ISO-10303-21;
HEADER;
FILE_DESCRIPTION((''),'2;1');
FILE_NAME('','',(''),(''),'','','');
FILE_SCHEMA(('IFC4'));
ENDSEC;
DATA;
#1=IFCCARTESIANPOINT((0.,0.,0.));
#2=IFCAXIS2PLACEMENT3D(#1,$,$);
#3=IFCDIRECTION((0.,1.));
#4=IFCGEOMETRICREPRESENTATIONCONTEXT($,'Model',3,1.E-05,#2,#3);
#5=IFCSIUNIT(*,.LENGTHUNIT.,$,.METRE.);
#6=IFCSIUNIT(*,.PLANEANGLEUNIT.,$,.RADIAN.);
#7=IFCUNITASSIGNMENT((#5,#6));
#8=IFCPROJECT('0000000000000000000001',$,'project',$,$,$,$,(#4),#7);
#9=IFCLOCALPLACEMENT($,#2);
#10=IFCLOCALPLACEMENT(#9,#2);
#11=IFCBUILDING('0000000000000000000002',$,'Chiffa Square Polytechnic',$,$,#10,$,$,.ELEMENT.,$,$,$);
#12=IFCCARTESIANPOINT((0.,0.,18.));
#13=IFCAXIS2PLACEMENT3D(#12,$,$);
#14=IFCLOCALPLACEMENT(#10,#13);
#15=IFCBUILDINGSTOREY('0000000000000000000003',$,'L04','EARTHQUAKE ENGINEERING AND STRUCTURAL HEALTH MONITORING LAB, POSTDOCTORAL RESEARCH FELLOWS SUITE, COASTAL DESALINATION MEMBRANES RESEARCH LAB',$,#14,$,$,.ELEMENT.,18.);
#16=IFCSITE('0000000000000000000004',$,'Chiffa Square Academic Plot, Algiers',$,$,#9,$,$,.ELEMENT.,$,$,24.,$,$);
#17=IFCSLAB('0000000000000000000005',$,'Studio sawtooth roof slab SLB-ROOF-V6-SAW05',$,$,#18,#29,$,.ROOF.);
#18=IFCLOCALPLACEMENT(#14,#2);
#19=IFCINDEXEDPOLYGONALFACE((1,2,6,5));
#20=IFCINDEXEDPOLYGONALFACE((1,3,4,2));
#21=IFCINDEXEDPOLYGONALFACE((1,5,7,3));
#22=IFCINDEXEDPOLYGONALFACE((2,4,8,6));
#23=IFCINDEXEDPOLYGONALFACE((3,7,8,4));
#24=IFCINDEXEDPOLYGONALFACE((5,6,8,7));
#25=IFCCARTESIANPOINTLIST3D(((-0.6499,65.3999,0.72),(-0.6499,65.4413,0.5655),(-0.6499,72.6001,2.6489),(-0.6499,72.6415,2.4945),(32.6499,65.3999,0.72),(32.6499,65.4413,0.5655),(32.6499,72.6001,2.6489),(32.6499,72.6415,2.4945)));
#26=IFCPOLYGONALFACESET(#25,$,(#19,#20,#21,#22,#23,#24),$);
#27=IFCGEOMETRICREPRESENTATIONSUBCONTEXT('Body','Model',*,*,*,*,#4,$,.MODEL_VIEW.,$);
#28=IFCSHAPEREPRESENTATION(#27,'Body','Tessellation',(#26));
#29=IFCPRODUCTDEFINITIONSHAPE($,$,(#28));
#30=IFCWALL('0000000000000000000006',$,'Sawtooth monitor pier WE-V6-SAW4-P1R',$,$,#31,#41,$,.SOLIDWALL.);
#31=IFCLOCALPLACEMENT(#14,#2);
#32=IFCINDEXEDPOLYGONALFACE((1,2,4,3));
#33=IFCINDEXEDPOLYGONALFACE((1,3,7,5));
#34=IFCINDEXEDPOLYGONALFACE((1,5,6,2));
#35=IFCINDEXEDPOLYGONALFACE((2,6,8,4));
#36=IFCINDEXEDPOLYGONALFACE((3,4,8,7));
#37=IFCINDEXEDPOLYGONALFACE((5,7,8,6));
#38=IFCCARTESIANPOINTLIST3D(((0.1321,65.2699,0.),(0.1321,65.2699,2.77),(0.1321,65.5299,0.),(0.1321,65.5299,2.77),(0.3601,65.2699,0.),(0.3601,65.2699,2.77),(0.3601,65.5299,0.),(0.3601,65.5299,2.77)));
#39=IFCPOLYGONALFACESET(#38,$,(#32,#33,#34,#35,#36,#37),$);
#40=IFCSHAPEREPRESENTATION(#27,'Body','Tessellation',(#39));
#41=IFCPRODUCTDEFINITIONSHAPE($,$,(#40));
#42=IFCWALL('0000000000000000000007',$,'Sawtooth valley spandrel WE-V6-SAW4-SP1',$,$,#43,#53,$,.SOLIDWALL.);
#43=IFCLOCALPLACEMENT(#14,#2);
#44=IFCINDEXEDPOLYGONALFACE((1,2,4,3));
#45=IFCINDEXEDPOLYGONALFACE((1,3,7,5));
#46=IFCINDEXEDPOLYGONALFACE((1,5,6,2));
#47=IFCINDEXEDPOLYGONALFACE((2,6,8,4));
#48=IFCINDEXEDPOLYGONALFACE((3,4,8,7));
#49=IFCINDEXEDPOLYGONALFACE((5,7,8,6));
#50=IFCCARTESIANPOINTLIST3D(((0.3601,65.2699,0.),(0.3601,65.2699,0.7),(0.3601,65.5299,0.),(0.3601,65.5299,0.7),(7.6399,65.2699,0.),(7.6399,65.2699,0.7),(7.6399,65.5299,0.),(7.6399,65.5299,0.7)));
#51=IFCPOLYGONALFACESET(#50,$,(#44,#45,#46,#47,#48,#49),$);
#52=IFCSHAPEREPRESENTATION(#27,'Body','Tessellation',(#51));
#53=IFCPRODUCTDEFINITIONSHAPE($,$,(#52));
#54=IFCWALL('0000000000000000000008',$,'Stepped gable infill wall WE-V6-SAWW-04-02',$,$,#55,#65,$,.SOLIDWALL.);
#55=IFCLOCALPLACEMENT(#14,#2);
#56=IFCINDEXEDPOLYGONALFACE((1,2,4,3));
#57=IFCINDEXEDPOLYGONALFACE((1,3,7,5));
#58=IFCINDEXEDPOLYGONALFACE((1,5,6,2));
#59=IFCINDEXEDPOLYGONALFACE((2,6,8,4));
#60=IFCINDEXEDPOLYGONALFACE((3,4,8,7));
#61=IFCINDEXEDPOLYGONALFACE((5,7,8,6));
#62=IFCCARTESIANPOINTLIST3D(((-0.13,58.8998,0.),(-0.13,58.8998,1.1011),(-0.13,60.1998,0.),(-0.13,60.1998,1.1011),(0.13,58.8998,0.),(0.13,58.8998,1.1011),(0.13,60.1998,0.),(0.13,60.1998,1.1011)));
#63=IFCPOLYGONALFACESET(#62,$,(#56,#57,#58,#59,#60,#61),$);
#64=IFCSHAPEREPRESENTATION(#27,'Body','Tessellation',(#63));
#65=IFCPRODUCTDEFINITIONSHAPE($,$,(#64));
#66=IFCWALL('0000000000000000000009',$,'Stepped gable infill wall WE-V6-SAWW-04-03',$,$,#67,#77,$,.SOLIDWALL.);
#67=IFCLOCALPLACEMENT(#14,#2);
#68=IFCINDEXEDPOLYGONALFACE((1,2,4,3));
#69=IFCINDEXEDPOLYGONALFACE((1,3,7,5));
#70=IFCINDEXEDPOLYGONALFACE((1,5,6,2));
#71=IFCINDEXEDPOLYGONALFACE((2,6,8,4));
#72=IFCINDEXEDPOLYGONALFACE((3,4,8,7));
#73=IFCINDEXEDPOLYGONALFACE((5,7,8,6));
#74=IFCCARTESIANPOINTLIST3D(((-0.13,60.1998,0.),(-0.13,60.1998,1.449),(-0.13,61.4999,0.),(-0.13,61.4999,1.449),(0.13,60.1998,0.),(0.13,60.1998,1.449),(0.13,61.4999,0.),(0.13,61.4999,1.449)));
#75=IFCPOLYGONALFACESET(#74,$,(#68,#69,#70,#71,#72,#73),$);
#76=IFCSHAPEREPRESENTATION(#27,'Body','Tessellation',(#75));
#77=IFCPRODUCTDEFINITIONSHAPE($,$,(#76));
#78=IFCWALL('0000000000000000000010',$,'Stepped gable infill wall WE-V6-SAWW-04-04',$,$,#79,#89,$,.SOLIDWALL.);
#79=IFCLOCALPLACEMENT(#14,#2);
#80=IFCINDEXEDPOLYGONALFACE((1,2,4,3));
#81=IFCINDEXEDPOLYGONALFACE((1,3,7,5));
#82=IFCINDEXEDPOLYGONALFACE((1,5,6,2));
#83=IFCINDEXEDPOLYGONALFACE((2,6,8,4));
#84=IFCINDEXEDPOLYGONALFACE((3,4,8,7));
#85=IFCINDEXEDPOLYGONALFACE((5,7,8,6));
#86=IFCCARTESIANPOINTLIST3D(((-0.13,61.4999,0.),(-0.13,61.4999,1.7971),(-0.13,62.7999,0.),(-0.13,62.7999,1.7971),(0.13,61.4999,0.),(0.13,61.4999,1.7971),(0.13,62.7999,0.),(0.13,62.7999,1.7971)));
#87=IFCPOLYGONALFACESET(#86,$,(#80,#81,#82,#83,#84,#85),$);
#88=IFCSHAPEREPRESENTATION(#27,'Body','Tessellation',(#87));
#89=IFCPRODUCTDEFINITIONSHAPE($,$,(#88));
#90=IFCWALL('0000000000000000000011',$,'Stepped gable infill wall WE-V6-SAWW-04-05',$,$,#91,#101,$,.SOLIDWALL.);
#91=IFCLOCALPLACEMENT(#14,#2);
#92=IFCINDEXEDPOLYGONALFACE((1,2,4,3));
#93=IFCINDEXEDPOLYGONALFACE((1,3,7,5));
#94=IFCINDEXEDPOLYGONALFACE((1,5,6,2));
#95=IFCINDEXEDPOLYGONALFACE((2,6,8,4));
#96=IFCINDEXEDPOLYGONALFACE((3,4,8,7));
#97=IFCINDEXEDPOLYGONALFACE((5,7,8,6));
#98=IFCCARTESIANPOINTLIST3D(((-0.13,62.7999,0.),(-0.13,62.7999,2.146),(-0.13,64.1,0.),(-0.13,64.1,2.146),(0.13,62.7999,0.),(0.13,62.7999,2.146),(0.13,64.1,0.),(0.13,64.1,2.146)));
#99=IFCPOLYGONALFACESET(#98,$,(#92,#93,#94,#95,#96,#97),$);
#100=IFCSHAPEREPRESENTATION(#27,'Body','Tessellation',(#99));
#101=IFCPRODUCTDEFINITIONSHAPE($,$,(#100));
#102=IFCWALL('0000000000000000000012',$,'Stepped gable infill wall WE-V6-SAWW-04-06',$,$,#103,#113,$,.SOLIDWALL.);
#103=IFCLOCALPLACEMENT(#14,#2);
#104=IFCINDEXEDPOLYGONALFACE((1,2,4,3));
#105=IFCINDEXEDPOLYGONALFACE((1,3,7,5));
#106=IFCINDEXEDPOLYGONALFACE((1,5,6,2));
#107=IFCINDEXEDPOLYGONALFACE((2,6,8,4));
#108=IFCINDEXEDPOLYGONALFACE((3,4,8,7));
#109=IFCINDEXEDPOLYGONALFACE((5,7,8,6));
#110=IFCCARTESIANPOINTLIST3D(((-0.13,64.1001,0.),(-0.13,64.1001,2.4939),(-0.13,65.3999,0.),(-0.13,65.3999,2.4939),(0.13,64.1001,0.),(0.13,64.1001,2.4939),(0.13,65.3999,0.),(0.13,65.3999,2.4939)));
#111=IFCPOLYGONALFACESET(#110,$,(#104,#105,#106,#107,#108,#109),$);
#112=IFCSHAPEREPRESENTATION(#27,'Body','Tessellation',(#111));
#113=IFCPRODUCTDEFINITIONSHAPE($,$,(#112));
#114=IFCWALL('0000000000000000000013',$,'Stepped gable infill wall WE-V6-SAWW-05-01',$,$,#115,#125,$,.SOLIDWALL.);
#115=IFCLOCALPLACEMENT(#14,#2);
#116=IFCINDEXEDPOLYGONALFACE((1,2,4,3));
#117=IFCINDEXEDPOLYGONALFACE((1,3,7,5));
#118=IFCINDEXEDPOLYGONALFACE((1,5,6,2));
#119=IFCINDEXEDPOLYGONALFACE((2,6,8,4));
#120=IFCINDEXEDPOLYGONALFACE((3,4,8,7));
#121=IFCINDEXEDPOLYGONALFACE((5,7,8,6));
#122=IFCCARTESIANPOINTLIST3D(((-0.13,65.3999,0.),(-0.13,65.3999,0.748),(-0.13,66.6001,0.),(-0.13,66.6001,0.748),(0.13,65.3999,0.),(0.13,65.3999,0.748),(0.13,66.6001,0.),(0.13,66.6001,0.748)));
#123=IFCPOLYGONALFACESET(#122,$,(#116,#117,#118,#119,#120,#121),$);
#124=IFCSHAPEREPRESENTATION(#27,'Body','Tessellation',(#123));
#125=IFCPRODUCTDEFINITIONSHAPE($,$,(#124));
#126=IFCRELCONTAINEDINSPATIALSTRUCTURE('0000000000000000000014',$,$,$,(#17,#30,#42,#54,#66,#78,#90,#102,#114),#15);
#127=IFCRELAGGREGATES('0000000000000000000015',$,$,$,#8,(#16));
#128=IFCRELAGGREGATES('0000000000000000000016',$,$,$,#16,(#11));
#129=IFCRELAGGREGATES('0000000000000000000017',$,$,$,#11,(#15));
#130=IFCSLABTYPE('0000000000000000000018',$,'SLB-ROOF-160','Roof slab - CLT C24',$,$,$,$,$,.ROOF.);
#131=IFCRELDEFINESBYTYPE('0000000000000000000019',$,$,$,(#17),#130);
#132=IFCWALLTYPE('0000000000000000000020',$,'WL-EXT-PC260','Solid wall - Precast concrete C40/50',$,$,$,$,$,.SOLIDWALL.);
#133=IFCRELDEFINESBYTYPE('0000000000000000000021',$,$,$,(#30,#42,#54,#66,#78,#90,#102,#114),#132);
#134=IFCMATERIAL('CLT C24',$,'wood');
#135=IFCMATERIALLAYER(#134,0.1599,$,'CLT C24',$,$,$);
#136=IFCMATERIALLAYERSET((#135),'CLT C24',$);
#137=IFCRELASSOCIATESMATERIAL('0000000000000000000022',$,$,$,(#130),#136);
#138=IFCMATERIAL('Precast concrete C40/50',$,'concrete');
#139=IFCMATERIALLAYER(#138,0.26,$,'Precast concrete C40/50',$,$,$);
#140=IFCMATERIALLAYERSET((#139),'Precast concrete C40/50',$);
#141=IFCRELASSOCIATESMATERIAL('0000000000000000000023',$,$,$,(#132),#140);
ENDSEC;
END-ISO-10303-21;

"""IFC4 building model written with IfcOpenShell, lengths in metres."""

from ifc_helpers import new_model, si_unit, direction, frame, frame_2d, origin, place, context, subcontext, project, spatial, polyline, rectangle, outline, extrude, material, layer, layer_set, type_object, element, save


model = new_model("IFC4")

# Units and contexts
model_context = context("Model", 3, precision=1e-05, world=origin(), true_north=direction((0.0, 1.0)))
body_context = subcontext(model_context, "Body", "Model", "MODEL_VIEW")
ifc_project = project(units=[si_unit("LENGTHUNIT", "METRE"), si_unit("PLANEANGLEUNIT", "RADIAN")], contexts=[model_context])

# Site, building, storey
site_placement = place(None, origin())
site = spatial("IfcSite", under=ifc_project, at=site_placement, Name="Chiffa Square Academic Plot, Algiers", CompositionType="ELEMENT", RefElevation=24.0)
building_placement = place(site_placement, origin())
building = spatial("IfcBuilding", under=site, at=building_placement, Name="Chiffa Square Polytechnic", CompositionType="ELEMENT")
storey_placement = place(building_placement, frame((0.0, 0.0, 18.0)))
storey = spatial("IfcBuildingStorey", under=building, at=storey_placement, Name="L04", Description="EARTHQUAKE ENGINEERING AND STRUCTURAL HEALTH MONITORING LAB, POSTDOCTORAL RESEARCH FELLOWS SUITE, COASTAL DESALINATION MEMBRANES RESEARCH LAB", CompositionType="ELEMENT", Elevation=18.0)

# Slab
ifc_material_1 = material(Name="CLT C24", Category="wood")
ifc_layer_1 = layer(ifc_material_1, 0.1599, Name="CLT C24")
ifc_layer_set_1 = layer_set([ifc_layer_1], Name="CLT C24")
slab_type = type_object("IfcSlabType", Name="SLB-ROOF-160", Description="Roof slab - CLT C24", PredefinedType="ROOF", material=ifc_layer_set_1)
slab_placement = place(storey_placement, frame((-0.6499, 65.3999, 0.72), z_axis=(0.0, -0.258778, 0.965937), x_axis=(1.0, 0.0, 0.0)))
element("IfcSlab", 1, at=slab_placement, inside=storey, type_object=slab_type, Name="Studio sawtooth roof slab SLB-ROOF-V6-SAW05", PredefinedType="ROOF", context=body_context, shape_type="SweptSolid", body=[
    extrude(outline(polyline([(0.0, 0.0), (33.2998, 0.0), (33.2998, 7.4541), (0.0, 7.4541), (0.0, 0.0)])), origin(), (0.0, 0.0, -1.0), 0.1599),
])

# Walls
ifc_material_2 = material(Name="Precast concrete C40/50", Category="concrete")
ifc_layer_2 = layer(ifc_material_2, 0.26, Name="Precast concrete C40/50")
ifc_layer_set_2 = layer_set([ifc_layer_2], Name="Precast concrete C40/50")
wall_type = type_object("IfcWallType", Name="WL-EXT-PC260", Description="Solid wall - Precast concrete C40/50", PredefinedType="SOLIDWALL", material=ifc_layer_set_2)
wall_1_placement = place(storey_placement, frame((0.3601, 65.3999, 0.0), z_axis=(0.0, 0.0, 1.0), x_axis=(-1.0, 0.0, 0.0)))
element("IfcWall", 2, at=wall_1_placement, inside=storey, type_object=wall_type, Name="Sawtooth monitor pier WE-V6-SAW4-P1R", PredefinedType="SOLIDWALL", context=body_context, shape_type="SweptSolid", body=[
    extrude(rectangle(XDim=0.228, YDim=0.26, at=frame_2d((0.114, 0.0))), origin(), (0.0, 0.0, 1.0), 2.77),
])
wall_2_placement = place(storey_placement, frame((0.3601, 65.3999, 0.0), z_axis=(0.0, 0.0, 1.0), x_axis=(1.0, 0.0, 0.0)))
element("IfcWall", 3, at=wall_2_placement, inside=storey, type_object=wall_type, Name="Sawtooth valley spandrel WE-V6-SAW4-SP1", PredefinedType="SOLIDWALL", context=body_context, shape_type="SweptSolid", body=[
    extrude(rectangle(XDim=7.2798, YDim=0.26, at=frame_2d((3.6399, 0.0))), origin(), (0.0, 0.0, 1.0), 0.7),
])
wall_3_placement = place(storey_placement, frame((0.0, 58.8999, 0.0), z_axis=(0.0, 0.0, 1.0), x_axis=(0.0, 1.0, 0.0)))
element("IfcWall", 4, at=wall_3_placement, inside=storey, type_object=wall_type, Name="Stepped gable infill wall WE-V6-SAWW-04-02", PredefinedType="SOLIDWALL", context=body_context, shape_type="SweptSolid", body=[
    extrude(rectangle(XDim=1.3, YDim=0.26, at=frame_2d((0.6499, 0.0))), origin(), (0.0, 0.0, 1.0), 1.1011),
])
wall_4_placement = place(storey_placement, frame((0.0, 60.2, 0.0), z_axis=(0.0, 0.0, 1.0), x_axis=(0.0, 1.0, 0.0)))
element("IfcWall", 5, at=wall_4_placement, inside=storey, type_object=wall_type, Name="Stepped gable infill wall WE-V6-SAWW-04-03", PredefinedType="SOLIDWALL", context=body_context, shape_type="SweptSolid", body=[
    extrude(rectangle(XDim=1.3, YDim=0.26, at=frame_2d((0.6499, 0.0))), origin(), (0.0, 0.0, 1.0), 1.449),
])
wall_5_placement = place(storey_placement, frame((0.0, 61.5, 0.0), z_axis=(0.0, 0.0, 1.0), x_axis=(0.0, 1.0, 0.0)))
element("IfcWall", 6, at=wall_5_placement, inside=storey, type_object=wall_type, Name="Stepped gable infill wall WE-V6-SAWW-04-04", PredefinedType="SOLIDWALL", context=body_context, shape_type="SweptSolid", body=[
    extrude(rectangle(XDim=1.3, YDim=0.26, at=frame_2d((0.6499, 0.0))), origin(), (0.0, 0.0, 1.0), 1.7971),
])
wall_6_placement = place(storey_placement, frame((0.0, 62.8, 0.0), z_axis=(0.0, 0.0, 1.0), x_axis=(0.0, 1.0, 0.0)))
element("IfcWall", 7, at=wall_6_placement, inside=storey, type_object=wall_type, Name="Stepped gable infill wall WE-V6-SAWW-04-05", PredefinedType="SOLIDWALL", context=body_context, shape_type="SweptSolid", body=[
    extrude(rectangle(XDim=1.3, YDim=0.26, at=frame_2d((0.6499, 0.0))), origin(), (0.0, 0.0, 1.0), 2.146),
])
wall_7_placement = place(storey_placement, frame((0.0, 64.1001, 0.0), z_axis=(0.0, 0.0, 1.0), x_axis=(0.0, 1.0, 0.0)))
element("IfcWall", 8, at=wall_7_placement, inside=storey, type_object=wall_type, Name="Stepped gable infill wall WE-V6-SAWW-04-06", PredefinedType="SOLIDWALL", context=body_context, shape_type="SweptSolid", body=[
    extrude(rectangle(XDim=1.2998, YDim=0.26, at=frame_2d((0.6499, 0.0))), origin(), (0.0, 0.0, 1.0), 2.4939),
])
wall_8_placement = place(storey_placement, frame((0.0, 65.3999, 0.0), z_axis=(0.0, 0.0, 1.0), x_axis=(0.0, 1.0, 0.0)))
element("IfcWall", 9, at=wall_8_placement, inside=storey, type_object=wall_type, Name="Stepped gable infill wall WE-V6-SAWW-05-01", PredefinedType="SOLIDWALL", context=body_context, shape_type="SweptSolid", body=[
    extrude(rectangle(XDim=1.2002, YDim=0.26, at=frame_2d((0.6001, 0.0))), origin(), (0.0, 0.0, 1.0), 0.748),
])

save(model, "model.ifc")
